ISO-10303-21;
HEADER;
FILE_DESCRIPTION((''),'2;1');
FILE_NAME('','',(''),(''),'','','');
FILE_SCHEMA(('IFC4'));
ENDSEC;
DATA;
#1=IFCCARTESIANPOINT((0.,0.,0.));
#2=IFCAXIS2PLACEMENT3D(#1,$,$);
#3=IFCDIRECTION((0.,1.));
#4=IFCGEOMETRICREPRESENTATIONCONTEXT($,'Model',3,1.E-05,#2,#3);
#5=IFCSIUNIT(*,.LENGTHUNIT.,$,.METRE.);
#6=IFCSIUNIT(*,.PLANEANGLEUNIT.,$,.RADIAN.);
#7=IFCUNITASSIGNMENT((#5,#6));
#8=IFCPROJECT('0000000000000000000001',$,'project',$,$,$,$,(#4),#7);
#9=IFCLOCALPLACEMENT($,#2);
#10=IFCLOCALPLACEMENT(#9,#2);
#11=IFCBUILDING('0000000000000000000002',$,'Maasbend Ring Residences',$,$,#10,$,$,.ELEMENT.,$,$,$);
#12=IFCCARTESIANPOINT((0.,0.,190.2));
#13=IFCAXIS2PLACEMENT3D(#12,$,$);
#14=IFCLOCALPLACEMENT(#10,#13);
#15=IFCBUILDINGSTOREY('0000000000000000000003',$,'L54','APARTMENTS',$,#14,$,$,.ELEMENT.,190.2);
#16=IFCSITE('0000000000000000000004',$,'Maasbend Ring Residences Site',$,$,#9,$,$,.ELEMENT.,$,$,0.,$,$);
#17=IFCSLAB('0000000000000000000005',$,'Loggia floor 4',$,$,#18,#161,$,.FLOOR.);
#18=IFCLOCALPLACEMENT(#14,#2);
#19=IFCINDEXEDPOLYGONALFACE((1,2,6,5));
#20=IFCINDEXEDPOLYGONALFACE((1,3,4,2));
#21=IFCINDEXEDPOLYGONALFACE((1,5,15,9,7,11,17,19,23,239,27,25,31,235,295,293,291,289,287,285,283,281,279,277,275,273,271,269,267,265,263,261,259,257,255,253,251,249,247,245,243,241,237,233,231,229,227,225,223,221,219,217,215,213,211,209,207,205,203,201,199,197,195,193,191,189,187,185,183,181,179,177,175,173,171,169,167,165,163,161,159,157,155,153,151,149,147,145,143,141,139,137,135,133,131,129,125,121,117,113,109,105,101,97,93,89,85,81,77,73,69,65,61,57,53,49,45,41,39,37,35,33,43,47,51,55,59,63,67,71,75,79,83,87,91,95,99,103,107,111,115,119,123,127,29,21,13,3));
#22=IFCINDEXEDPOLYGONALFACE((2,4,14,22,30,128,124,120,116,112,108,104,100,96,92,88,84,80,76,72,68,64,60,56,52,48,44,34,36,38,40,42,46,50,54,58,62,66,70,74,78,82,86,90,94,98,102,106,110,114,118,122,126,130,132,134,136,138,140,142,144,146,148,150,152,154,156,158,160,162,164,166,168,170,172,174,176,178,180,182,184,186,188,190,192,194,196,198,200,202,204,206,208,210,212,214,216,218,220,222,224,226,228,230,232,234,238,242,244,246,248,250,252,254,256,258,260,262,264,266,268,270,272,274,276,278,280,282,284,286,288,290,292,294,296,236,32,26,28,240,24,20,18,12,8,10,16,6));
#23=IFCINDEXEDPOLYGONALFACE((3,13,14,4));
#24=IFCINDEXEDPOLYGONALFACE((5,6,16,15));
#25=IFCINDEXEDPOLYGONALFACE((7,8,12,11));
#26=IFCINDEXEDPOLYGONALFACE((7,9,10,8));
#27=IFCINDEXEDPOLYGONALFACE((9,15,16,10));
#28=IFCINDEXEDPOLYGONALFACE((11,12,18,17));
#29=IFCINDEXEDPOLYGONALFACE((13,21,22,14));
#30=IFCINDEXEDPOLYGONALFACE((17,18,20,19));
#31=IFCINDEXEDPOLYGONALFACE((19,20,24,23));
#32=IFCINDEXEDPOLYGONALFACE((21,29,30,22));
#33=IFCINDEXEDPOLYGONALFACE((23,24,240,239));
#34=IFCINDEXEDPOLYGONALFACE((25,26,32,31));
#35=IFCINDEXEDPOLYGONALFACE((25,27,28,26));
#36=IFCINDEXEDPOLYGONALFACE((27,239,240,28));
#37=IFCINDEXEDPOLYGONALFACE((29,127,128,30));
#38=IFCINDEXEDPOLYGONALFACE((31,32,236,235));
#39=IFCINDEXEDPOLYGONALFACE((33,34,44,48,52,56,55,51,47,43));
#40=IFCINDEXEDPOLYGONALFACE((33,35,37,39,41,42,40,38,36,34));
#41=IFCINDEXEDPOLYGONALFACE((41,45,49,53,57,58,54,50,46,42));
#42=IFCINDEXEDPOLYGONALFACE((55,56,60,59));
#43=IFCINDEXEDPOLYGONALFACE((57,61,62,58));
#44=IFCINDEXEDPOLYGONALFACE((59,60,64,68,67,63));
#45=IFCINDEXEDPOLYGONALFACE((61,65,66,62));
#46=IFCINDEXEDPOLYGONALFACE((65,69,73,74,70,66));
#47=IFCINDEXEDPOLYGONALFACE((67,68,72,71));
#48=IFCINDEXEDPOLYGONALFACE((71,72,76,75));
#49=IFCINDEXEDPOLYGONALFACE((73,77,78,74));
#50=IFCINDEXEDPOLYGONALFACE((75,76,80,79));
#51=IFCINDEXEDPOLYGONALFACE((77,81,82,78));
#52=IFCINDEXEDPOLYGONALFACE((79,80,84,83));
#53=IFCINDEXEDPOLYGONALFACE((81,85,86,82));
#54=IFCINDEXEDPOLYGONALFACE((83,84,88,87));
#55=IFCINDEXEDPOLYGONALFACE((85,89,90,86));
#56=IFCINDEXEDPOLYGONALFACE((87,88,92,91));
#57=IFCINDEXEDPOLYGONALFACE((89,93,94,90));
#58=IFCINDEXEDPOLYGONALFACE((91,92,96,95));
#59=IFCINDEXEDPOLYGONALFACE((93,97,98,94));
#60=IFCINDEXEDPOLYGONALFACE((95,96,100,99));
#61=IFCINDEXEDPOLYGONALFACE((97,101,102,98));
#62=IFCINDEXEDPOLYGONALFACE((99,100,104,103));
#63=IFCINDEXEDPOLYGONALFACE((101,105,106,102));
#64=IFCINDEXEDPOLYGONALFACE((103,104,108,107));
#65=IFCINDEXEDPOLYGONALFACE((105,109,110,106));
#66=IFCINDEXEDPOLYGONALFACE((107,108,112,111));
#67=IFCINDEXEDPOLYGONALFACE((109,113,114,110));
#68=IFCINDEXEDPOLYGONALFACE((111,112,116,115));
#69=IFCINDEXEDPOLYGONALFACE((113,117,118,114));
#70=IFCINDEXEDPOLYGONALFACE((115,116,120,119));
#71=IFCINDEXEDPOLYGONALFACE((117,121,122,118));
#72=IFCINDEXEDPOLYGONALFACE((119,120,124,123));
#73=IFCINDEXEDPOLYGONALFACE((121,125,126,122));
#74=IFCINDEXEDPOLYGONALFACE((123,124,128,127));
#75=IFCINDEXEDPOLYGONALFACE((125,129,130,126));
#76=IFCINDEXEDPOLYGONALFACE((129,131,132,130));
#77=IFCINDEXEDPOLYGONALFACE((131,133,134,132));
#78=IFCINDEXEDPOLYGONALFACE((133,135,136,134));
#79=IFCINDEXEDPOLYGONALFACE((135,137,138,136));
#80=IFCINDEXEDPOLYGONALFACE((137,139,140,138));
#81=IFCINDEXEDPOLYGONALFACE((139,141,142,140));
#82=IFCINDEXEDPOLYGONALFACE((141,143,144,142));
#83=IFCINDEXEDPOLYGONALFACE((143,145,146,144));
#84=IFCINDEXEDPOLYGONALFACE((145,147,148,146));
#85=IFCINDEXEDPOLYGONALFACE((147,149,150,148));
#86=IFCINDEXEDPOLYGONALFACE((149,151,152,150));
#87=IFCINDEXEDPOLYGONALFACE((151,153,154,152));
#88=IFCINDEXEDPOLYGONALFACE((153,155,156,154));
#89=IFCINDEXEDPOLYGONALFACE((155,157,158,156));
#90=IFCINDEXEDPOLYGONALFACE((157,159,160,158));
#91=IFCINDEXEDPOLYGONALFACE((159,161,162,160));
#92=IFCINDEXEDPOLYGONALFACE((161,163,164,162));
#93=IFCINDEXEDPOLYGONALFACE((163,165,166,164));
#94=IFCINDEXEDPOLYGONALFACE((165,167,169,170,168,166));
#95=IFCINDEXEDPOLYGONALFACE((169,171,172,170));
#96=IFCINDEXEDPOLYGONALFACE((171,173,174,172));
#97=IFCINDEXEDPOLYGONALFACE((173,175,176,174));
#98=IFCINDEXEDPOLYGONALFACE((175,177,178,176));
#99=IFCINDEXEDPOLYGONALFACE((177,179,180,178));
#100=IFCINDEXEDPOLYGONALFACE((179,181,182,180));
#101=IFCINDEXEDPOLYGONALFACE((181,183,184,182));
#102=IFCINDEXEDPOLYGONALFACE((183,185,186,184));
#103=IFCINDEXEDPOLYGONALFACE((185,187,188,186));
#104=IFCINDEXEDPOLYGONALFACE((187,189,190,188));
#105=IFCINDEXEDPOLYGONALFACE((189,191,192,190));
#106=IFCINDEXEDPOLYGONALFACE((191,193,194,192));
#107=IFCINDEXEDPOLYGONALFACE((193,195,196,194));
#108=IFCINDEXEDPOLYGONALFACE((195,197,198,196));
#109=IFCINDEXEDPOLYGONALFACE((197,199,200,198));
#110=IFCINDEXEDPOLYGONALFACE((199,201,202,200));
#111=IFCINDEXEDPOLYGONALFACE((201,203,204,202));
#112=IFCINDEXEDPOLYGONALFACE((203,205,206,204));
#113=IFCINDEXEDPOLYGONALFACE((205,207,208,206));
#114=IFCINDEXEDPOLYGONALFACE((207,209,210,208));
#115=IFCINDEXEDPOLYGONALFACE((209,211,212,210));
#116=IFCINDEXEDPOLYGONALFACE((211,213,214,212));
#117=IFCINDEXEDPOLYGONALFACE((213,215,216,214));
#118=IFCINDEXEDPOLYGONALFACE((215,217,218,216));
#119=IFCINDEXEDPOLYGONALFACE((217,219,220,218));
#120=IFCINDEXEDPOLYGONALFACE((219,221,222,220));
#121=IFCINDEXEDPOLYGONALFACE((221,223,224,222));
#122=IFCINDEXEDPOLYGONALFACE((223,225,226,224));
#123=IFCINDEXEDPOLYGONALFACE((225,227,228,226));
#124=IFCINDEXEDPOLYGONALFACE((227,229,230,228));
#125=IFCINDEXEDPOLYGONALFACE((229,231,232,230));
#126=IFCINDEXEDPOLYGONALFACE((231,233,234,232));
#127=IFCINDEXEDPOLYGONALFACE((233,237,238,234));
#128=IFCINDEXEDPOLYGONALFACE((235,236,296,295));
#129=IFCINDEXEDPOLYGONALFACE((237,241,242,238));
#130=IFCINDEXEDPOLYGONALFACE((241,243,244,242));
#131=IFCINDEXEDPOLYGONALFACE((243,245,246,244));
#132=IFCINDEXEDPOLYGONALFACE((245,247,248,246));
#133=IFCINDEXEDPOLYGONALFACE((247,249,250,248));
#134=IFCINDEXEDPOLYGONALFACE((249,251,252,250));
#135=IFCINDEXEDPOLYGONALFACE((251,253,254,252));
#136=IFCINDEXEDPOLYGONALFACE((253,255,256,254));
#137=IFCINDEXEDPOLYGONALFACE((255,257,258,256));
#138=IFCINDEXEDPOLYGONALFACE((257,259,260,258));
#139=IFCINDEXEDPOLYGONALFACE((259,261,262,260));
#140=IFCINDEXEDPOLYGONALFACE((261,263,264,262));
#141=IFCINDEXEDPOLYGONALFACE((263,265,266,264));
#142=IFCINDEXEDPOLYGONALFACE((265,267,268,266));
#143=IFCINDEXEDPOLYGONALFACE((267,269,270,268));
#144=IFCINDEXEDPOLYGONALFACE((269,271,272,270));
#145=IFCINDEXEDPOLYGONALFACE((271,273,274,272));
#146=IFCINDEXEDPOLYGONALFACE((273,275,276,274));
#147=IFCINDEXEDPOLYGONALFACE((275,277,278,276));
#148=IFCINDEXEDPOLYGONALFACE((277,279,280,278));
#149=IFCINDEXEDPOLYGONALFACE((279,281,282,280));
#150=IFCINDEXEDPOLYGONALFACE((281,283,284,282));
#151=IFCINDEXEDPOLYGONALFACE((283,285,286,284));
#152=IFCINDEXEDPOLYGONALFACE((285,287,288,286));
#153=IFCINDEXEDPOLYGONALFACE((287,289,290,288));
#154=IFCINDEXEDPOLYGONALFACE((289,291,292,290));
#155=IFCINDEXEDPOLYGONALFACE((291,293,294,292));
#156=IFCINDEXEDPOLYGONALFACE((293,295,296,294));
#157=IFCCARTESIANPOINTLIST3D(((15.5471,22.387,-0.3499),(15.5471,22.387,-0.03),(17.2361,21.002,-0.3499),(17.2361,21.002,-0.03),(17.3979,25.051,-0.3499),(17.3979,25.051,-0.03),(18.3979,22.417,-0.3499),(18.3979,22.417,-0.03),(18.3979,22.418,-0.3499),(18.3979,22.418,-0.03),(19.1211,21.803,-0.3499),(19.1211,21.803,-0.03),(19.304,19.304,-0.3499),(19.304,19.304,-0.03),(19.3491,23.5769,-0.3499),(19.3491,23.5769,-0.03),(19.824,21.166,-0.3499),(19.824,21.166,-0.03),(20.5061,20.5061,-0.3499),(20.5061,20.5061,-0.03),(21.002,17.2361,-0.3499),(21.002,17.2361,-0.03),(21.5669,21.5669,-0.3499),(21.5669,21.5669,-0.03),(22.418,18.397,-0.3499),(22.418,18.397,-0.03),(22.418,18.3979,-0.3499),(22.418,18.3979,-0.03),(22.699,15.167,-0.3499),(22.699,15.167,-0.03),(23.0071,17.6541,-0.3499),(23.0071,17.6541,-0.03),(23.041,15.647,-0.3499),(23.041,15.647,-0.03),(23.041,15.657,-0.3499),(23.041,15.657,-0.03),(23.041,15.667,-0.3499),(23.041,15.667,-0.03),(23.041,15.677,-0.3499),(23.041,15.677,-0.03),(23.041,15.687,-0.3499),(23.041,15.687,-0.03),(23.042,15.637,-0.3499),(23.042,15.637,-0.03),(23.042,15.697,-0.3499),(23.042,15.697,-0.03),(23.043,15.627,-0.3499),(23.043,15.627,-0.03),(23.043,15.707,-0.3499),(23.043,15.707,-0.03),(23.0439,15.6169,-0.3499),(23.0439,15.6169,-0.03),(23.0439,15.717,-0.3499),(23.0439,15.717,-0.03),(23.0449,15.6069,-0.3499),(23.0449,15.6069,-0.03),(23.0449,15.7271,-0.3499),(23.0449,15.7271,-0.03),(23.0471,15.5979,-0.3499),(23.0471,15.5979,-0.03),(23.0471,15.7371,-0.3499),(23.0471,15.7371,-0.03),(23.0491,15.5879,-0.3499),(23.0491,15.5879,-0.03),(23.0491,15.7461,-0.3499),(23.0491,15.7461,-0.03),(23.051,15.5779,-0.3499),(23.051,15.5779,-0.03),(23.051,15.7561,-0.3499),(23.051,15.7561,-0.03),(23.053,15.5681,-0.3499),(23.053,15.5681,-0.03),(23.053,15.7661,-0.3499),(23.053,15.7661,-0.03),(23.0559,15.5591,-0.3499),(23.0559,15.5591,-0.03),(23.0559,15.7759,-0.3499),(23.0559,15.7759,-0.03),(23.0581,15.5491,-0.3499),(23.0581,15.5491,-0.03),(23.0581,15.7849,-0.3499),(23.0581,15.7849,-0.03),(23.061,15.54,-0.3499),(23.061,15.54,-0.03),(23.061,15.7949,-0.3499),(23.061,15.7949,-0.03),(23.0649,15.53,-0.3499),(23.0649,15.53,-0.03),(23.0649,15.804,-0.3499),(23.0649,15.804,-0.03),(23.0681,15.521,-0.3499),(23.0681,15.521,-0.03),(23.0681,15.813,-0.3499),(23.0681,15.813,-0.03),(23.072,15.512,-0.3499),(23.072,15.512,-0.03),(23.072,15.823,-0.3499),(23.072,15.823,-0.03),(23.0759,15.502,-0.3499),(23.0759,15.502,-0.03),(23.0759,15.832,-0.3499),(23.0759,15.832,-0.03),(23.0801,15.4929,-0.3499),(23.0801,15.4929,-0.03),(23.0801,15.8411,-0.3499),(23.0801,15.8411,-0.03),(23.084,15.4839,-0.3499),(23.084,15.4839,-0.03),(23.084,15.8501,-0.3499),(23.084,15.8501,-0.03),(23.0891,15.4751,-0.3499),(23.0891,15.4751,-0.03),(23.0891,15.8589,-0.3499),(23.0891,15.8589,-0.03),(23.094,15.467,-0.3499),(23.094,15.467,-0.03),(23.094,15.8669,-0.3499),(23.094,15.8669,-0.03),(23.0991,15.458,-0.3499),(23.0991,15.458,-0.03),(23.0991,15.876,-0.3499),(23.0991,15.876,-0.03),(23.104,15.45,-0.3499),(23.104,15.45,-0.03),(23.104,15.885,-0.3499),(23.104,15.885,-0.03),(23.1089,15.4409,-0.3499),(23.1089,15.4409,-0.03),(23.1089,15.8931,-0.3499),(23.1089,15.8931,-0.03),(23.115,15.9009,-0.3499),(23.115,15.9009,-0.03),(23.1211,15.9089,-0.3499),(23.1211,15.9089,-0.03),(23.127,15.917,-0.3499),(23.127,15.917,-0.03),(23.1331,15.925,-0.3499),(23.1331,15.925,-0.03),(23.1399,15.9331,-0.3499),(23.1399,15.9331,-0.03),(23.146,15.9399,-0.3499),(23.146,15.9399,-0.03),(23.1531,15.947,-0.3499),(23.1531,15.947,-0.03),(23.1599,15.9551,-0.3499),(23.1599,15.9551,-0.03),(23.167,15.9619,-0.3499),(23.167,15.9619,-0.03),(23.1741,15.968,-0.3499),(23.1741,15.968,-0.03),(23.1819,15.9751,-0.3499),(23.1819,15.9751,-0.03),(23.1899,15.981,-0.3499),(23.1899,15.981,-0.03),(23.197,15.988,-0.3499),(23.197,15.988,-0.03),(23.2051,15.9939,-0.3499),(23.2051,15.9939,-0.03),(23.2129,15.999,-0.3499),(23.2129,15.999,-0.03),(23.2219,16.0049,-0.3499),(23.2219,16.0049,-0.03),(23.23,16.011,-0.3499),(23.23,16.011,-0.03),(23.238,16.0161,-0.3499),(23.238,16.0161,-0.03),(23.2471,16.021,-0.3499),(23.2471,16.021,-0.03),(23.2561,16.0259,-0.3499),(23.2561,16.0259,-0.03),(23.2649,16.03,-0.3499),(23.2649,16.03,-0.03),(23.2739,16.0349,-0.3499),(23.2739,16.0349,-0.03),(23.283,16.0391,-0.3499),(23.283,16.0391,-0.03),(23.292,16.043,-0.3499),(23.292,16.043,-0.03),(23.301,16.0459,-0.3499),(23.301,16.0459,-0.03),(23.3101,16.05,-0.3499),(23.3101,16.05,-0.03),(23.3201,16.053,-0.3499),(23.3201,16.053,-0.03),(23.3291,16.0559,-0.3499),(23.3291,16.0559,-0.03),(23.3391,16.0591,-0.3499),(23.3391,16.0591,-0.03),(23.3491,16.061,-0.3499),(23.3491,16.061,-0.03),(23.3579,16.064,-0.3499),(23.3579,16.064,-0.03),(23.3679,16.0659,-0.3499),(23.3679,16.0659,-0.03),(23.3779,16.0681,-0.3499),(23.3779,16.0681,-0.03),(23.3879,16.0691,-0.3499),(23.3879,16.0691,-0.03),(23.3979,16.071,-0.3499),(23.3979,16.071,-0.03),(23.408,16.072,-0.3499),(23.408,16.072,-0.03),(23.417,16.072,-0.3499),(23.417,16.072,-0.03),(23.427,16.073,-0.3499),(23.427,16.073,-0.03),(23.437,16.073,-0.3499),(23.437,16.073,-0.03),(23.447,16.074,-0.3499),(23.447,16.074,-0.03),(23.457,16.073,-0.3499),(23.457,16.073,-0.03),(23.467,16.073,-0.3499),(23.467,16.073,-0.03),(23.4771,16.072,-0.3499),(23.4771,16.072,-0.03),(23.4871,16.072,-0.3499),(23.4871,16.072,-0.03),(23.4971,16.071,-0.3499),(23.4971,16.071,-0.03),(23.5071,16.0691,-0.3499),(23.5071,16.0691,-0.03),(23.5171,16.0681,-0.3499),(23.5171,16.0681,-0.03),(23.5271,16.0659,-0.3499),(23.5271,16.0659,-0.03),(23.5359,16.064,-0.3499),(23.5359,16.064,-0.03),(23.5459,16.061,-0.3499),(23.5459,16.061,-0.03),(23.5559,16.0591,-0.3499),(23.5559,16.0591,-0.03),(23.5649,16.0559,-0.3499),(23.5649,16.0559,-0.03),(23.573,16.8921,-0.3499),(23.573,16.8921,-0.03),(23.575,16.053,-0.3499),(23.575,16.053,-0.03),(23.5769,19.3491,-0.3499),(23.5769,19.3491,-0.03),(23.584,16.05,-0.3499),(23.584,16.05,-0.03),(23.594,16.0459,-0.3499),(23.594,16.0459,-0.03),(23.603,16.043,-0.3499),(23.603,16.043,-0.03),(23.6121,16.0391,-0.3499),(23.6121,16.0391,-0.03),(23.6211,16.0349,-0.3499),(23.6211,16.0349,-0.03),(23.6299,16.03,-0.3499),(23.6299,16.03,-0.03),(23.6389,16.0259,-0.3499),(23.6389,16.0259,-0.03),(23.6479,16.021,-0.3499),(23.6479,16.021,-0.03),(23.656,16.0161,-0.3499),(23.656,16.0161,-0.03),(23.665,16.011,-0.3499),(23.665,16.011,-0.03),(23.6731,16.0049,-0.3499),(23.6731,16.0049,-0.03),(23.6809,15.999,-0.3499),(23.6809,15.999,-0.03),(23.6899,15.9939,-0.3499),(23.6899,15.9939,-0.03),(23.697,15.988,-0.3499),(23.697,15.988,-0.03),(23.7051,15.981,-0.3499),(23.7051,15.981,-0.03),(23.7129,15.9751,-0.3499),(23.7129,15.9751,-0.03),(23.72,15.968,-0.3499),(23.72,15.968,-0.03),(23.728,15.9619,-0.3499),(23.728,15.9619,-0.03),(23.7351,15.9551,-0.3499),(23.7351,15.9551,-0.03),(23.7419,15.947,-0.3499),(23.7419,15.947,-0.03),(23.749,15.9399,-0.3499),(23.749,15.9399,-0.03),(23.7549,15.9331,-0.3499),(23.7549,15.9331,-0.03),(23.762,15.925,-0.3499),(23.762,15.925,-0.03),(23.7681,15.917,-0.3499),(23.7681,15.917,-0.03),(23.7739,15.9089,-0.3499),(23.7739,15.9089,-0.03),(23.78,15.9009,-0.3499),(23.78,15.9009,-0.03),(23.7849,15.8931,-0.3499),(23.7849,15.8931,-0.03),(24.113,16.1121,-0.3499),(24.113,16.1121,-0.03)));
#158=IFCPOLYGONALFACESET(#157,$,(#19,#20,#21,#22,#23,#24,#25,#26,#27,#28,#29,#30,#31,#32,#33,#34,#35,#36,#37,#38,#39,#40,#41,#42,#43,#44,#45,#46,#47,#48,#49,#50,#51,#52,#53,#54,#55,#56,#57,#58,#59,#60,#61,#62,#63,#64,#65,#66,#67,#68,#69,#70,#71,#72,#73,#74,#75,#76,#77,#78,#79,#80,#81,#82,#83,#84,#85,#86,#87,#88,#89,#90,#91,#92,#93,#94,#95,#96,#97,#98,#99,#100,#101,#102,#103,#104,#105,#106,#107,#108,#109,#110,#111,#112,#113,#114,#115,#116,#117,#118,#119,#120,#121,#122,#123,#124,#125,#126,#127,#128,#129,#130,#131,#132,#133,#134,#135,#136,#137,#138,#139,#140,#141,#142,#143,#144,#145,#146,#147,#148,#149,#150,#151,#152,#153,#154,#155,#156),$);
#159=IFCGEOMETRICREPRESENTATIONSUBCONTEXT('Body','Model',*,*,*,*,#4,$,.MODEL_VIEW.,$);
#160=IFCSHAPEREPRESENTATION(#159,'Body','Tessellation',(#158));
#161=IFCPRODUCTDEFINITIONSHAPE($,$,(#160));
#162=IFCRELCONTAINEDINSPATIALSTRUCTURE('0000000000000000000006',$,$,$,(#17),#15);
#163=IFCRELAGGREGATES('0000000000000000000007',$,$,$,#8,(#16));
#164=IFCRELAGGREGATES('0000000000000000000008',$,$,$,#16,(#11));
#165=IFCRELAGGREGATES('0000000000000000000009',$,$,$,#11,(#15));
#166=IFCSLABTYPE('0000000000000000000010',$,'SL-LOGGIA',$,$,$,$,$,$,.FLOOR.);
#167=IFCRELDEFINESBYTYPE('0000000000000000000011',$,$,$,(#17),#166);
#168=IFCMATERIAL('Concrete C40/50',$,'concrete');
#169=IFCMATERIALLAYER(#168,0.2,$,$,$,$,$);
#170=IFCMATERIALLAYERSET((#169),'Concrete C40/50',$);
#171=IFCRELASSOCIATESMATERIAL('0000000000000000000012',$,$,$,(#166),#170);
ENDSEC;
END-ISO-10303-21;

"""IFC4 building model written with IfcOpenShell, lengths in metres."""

from ifc_helpers import new_model, si_unit, direction, frame, origin, place, context, subcontext, project, spatial, polyline, outline, extrude, material, layer, layer_set, type_object, element, save


model = new_model("IFC4")

# Units and contexts
model_context = context("Model", 3, precision=1e-05, world=origin(), true_north=direction((0.0, 1.0)))
body_context = subcontext(model_context, "Body", "Model", "MODEL_VIEW")
ifc_project = project(units=[si_unit("LENGTHUNIT", "METRE"), si_unit("PLANEANGLEUNIT", "RADIAN")], contexts=[model_context])

# Site, building, storey
site_placement = place(None, origin())
site = spatial("IfcSite", under=ifc_project, at=site_placement, Name="Maasbend Ring Residences Site", CompositionType="ELEMENT", RefElevation=0.0)
building_placement = place(site_placement, origin())
building = spatial("IfcBuilding", under=site, at=building_placement, Name="Maasbend Ring Residences", CompositionType="ELEMENT")
storey_placement = place(building_placement, frame((0.0, 0.0, 190.2)))
storey = spatial("IfcBuildingStorey", under=building, at=storey_placement, Name="L54", Description="APARTMENTS", CompositionType="ELEMENT", Elevation=190.2)

# Slab
ifc_material_1 = material(Name="Concrete C40/50", Category="concrete")
ifc_layer_1 = layer(ifc_material_1, 0.2)
ifc_layer_set_1 = layer_set([ifc_layer_1], Name="Concrete C40/50")
slab_type_1 = type_object("IfcSlabType", Name="SL-LOGGIA", PredefinedType="FLOOR", material=ifc_layer_set_1)
slab_1_placement = place(storey_placement, frame((0.0, 0.0, -0.3499)))
element("IfcSlab", 1, at=slab_1_placement, inside=storey, type_object=slab_type_1, Name="Loggia floor 4", PredefinedType="FLOOR", context=body_context, shape_type="SweptSolid", body=[
    extrude(outline(polyline([(19.3491, 23.5769), (19.3491, 23.5769), (19.3491, 23.5769), (18.3979, 22.418), (18.3979, 22.418), (18.3979, 22.418), (18.3979, 22.418), (18.3979, 22.418), (18.3979, 22.417), (18.3979, 22.417), (18.3979, 22.417), (18.3979, 22.417), (18.3979, 22.417), (18.3979, 22.417), (18.3979, 22.417), (18.3979, 22.417), (18.3979, 22.417), (18.3979, 22.417), (18.3979, 22.417), (18.3979, 22.417), (19.1211, 21.803), (19.1211, 21.803), (19.824, 21.166), (19.824, 21.166), (20.5061, 20.5061), (20.5061, 20.5061), (20.5061, 20.5061), (20.5061, 20.5061), (20.5061, 20.5061), (20.5061, 20.5061), (20.5061, 20.5061), (20.5061, 20.5061), (20.5061, 20.5061), (20.5061, 20.5061), (20.5061, 20.5061), (20.5061, 20.5061), (20.5061, 20.5061), (20.5061, 20.5061), (20.5061, 20.5061), (20.5061, 20.5061), (20.5061, 20.5061), (21.5669, 21.5669), (21.5669, 21.5669), (21.5669, 21.5669), (23.5769, 19.3491), (23.5769, 19.3491), (23.5769, 19.3491), (22.418, 18.3979), (22.418, 18.3979), (22.418, 18.3979), (22.418, 18.3979), (22.418, 18.3979), (22.418, 18.3979), (22.418, 18.397), (22.418, 18.397), (22.418, 18.397), (22.418, 18.397), (22.418, 18.397), (22.418, 18.397), (22.418, 18.397), (22.418, 18.397), (22.418, 18.397), (22.418, 18.397), (22.418, 18.397), (23.0071, 17.6541), (23.0071, 17.6541), (23.573, 16.8921), (23.573, 16.8921), (24.113, 16.1121), (24.113, 16.1121), (24.113, 16.1121), (23.7849, 15.8931), (23.7849, 15.8931), (23.78, 15.9009), (23.7739, 15.9089), (23.7681, 15.917), (23.762, 15.925), (23.7549, 15.9331), (23.749, 15.9399), (23.7419, 15.947), (23.7351, 15.9551), (23.728, 15.9619), (23.72, 15.968), (23.7129, 15.9751), (23.7051, 15.981), (23.697, 15.988), (23.6899, 15.9939), (23.6809, 15.999), (23.6731, 16.0049), (23.665, 16.011), (23.656, 16.0161), (23.6479, 16.021), (23.6389, 16.0259), (23.6299, 16.03), (23.6211, 16.0349), (23.6121, 16.0391), (23.603, 16.043), (23.594, 16.0459), (23.584, 16.05), (23.575, 16.053), (23.5649, 16.0559), (23.5559, 16.0591), (23.5459, 16.061), (23.5359, 16.064), (23.5271, 16.0659), (23.5171, 16.0681), (23.5071, 16.0691), (23.4971, 16.071), (23.4871, 16.072), (23.4771, 16.072), (23.467, 16.073), (23.457, 16.073), (23.447, 16.074), (23.437, 16.073), (23.427, 16.073), (23.417, 16.072), (23.408, 16.072), (23.3979, 16.071), (23.3879, 16.0691), (23.3779, 16.0681), (23.3679, 16.0659), (23.3579, 16.064), (23.3491, 16.061), (23.3391, 16.0591), (23.3291, 16.0559), (23.3201, 16.053), (23.3101, 16.05), (23.301, 16.0459), (23.292, 16.043), (23.283, 16.0391), (23.2739, 16.0349), (23.2649, 16.03), (23.2561, 16.0259), (23.2471, 16.021), (23.238, 16.0161), (23.23, 16.011), (23.2219, 16.0049), (23.2129, 15.999), (23.2051, 15.9939), (23.197, 15.988), (23.1899, 15.981), (23.1819, 15.9751), (23.1741, 15.968), (23.167, 15.9619), (23.1599, 15.9551), (23.1531, 15.947), (23.146, 15.9399), (23.1399, 15.9331), (23.1331, 15.925), (23.127, 15.917), (23.1211, 15.9089), (23.115, 15.9009), (23.1089, 15.8931), (23.104, 15.885), (23.0991, 15.876), (23.094, 15.8669), (23.0891, 15.8589), (23.084, 15.8501), (23.0801, 15.8411), (23.0759, 15.832), (23.072, 15.823), (23.0681, 15.813), (23.0649, 15.804), (23.061, 15.7949), (23.0581, 15.7849), (23.0559, 15.7759), (23.053, 15.7661), (23.051, 15.7561), (23.0491, 15.7461), (23.0471, 15.7371), (23.0449, 15.7271), (23.0439, 15.717), (23.043, 15.707), (23.042, 15.697), (23.041, 15.687), (23.041, 15.677), (23.041, 15.667), (23.041, 15.657), (23.041, 15.647), (23.042, 15.637), (23.043, 15.627), (23.0439, 15.6169), (23.0449, 15.6069), (23.0471, 15.5979), (23.0491, 15.5879), (23.051, 15.5779), (23.053, 15.5681), (23.0559, 15.5591), (23.0581, 15.5491), (23.061, 15.54), (23.0649, 15.53), (23.0681, 15.521), (23.072, 15.512), (23.0759, 15.502), (23.0801, 15.4929), (23.084, 15.4839), (23.0891, 15.4751), (23.094, 15.467), (23.0991, 15.458), (23.104, 15.45), (23.1089, 15.4409), (23.1089, 15.4409), (22.699, 15.167), (22.699, 15.167), (22.699, 15.167), (21.002, 17.2361), (19.304, 19.304), (19.304, 19.304), (19.304, 19.304), (17.2361, 21.002), (15.5471, 22.387), (15.5471, 22.387), (15.5471, 22.387), (17.3979, 25.051), (17.3979, 25.051), (17.3979, 25.051), (19.3491, 23.5769)])), origin(), (0.0, 0.0, 1.0), 0.3198),
])

save(model, "model.ifc")
